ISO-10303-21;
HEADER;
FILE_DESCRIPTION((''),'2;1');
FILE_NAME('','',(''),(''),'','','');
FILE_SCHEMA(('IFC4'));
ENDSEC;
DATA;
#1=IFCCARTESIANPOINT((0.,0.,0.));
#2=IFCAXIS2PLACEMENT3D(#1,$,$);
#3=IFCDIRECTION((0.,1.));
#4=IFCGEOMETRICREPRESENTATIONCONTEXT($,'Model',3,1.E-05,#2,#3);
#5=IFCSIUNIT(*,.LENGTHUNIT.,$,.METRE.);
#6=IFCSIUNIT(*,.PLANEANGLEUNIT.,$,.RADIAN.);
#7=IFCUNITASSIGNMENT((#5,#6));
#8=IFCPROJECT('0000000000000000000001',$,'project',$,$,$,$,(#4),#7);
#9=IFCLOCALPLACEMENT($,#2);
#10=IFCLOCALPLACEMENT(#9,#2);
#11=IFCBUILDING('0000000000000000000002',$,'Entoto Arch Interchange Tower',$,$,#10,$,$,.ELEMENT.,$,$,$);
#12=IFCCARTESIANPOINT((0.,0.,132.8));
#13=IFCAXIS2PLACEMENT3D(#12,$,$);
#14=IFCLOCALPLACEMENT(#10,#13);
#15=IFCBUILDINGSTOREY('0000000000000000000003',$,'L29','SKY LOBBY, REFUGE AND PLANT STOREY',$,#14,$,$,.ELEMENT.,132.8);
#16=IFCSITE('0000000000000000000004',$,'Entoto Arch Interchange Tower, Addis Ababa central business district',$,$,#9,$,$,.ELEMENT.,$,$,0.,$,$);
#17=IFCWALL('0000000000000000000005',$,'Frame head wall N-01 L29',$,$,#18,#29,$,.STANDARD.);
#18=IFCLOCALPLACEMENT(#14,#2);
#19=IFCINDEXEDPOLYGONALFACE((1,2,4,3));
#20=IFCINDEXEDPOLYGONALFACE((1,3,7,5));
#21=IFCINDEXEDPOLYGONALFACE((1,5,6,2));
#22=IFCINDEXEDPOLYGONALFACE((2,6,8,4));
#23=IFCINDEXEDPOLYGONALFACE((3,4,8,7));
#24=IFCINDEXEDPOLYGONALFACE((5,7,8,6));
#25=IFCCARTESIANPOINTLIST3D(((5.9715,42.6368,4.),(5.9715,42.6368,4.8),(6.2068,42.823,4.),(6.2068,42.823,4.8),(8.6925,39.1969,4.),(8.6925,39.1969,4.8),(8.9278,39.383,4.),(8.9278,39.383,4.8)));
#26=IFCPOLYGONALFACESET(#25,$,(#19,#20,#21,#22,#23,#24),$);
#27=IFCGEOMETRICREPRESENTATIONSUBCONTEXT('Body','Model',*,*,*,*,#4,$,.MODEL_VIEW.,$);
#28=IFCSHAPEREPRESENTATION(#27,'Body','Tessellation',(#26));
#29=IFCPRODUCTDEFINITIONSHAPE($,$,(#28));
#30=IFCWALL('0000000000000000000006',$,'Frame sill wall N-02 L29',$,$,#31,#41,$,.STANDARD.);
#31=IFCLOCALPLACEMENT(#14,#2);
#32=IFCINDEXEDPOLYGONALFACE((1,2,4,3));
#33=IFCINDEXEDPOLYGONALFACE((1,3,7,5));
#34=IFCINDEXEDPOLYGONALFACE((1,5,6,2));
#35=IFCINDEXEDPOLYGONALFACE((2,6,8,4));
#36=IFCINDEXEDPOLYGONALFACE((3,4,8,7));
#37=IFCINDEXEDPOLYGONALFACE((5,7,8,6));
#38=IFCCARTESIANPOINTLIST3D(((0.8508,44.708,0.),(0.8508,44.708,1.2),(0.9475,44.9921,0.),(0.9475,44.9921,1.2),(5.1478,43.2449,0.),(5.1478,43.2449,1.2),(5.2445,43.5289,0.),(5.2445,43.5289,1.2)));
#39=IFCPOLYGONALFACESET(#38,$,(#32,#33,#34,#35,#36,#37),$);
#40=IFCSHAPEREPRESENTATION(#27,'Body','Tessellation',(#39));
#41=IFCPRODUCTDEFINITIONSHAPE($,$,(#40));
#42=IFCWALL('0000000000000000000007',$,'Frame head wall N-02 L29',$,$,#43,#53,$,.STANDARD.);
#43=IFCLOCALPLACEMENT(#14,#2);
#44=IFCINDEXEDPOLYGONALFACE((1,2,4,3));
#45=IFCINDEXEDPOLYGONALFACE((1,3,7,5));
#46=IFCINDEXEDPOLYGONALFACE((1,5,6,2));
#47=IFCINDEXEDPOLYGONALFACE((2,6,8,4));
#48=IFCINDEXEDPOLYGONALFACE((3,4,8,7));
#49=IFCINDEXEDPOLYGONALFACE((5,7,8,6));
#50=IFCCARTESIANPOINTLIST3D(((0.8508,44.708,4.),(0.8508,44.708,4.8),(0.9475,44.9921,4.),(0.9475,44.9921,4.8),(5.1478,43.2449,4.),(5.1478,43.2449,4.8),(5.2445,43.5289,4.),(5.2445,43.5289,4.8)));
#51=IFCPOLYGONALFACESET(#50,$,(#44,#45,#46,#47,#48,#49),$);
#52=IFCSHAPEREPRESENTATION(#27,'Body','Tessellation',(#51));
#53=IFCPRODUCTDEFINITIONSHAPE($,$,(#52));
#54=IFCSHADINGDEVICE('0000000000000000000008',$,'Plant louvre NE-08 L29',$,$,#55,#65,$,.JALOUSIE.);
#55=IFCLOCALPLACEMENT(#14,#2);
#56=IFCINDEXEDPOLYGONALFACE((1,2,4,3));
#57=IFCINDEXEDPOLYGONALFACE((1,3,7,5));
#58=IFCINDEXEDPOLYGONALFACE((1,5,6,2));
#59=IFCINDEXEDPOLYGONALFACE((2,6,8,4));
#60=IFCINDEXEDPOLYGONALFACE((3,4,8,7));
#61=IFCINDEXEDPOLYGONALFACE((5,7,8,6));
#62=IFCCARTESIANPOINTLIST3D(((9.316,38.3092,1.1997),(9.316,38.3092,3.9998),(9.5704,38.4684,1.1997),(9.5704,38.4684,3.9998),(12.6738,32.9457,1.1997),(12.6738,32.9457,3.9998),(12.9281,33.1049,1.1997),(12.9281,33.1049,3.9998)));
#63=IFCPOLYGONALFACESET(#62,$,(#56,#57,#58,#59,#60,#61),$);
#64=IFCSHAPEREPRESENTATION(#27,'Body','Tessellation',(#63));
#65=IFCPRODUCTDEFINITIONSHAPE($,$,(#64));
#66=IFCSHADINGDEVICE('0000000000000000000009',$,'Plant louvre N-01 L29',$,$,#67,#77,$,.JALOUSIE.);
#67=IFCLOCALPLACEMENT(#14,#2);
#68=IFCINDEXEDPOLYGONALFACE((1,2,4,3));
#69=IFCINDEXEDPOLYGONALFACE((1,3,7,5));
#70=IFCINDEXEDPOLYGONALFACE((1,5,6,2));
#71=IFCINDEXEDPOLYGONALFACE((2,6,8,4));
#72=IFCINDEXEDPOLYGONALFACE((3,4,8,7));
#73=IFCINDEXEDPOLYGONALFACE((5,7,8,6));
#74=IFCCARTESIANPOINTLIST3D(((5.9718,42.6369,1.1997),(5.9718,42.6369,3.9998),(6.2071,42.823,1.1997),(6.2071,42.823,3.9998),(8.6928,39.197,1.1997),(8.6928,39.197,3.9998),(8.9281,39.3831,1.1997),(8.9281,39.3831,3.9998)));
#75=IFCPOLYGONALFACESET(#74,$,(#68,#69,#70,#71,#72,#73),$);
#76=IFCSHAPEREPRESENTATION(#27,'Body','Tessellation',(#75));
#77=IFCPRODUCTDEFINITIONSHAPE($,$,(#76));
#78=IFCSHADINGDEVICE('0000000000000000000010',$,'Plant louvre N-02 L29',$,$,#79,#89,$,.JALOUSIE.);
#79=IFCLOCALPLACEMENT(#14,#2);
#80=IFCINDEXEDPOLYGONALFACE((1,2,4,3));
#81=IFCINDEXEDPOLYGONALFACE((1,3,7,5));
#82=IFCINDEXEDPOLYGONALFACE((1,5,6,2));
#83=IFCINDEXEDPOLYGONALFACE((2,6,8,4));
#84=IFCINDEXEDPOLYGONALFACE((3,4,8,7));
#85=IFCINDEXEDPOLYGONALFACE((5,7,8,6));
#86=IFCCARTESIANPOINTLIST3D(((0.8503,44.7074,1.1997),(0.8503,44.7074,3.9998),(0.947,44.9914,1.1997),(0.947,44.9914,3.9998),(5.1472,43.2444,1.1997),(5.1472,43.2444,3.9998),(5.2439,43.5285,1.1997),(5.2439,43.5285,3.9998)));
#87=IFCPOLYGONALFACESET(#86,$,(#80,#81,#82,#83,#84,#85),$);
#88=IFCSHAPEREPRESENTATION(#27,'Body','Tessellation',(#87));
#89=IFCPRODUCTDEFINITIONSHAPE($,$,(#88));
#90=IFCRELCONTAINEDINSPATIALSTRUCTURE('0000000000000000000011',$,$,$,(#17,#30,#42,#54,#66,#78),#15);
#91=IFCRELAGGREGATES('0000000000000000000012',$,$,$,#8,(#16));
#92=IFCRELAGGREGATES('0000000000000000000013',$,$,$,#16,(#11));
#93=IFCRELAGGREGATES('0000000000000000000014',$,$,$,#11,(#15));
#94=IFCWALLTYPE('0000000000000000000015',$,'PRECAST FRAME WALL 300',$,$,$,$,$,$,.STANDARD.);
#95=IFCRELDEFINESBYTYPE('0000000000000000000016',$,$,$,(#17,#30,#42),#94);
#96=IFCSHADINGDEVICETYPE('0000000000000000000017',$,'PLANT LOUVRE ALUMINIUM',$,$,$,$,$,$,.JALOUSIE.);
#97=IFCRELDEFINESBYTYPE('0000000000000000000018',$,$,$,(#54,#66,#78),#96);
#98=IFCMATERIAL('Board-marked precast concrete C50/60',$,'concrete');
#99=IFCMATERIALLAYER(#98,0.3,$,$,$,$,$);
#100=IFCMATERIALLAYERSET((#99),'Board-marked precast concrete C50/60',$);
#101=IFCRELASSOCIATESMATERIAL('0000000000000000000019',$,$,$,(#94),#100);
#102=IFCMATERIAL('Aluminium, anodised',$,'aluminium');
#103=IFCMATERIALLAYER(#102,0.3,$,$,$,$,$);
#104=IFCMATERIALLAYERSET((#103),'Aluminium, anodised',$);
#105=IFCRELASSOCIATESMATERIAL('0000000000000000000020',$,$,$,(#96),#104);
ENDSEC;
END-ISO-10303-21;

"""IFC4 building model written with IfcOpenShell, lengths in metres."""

from ifc_helpers import new_model, si_unit, direction, frame, frame_2d, origin, origin_2d, place, context, subcontext, project, spatial, rectangle, extrude, material, layer, layer_set, type_object, element, save


model = new_model("IFC4")

# Units and contexts
model_context = context("Model", 3, precision=1e-05, world=origin(), true_north=direction((0.0, 1.0)))
body_context = subcontext(model_context, "Body", "Model", "MODEL_VIEW")
ifc_project = project(units=[si_unit("LENGTHUNIT", "METRE"), si_unit("PLANEANGLEUNIT", "RADIAN")], contexts=[model_context])

# Site, building, storey
site_placement = place(None, origin())
site = spatial("IfcSite", under=ifc_project, at=site_placement, Name="Entoto Arch Interchange Tower, Addis Ababa central business district", CompositionType="ELEMENT", RefElevation=0.0)
building_placement = place(site_placement, origin())
building = spatial("IfcBuilding", under=site, at=building_placement, Name="Entoto Arch Interchange Tower", CompositionType="ELEMENT")
storey_placement = place(building_placement, frame((0.0, 0.0, 132.8)))
storey = spatial("IfcBuildingStorey", under=building, at=storey_placement, Name="L29", Description="SKY LOBBY, REFUGE AND PLANT STOREY", CompositionType="ELEMENT", Elevation=132.8)

# Walls
ifc_material_1 = material(Name="Board-marked precast concrete C50/60", Category="concrete")
ifc_layer_1 = layer(ifc_material_1, 0.3)
ifc_layer_set_1 = layer_set([ifc_layer_1], Name="Board-marked precast concrete C50/60")
wall_type_1 = type_object("IfcWallType", Name="PRECAST FRAME WALL 300", PredefinedType="STANDARD", material=ifc_layer_set_1)
wall_1_placement = place(storey_placement, frame((8.8101, 39.29, 4.0), z_axis=(0.0, 0.0, 1.0), x_axis=(-0.620375, 0.784305, 0.0)))
element("IfcWall", 1, at=wall_1_placement, inside=storey, type_object=wall_type_1, Name="Frame head wall N-01 L29", PredefinedType="STANDARD", context=body_context, shape_type="SweptSolid", body=[
    extrude(rectangle(XDim=4.386, YDim=0.3, at=frame_2d((2.1929, 0.0))), origin(), (0.0, 0.0, 1.0), 0.8),
])
wall_2_placement = place(storey_placement, frame((5.196, 43.387, 0.0), z_axis=(0.0, 0.0, 1.0), x_axis=(-0.946631, 0.32232, 0.0)))
element("IfcWall", 2, at=wall_2_placement, inside=storey, type_object=wall_type_1, Name="Frame sill wall N-02 L29", PredefinedType="STANDARD", context=body_context, shape_type="SweptSolid", body=[
    extrude(rectangle(XDim=4.5393, YDim=0.3, at=frame_2d((2.2695, 0.0))), origin(), (0.0, 0.0, 1.0), 1.2),
])
wall_3_placement = place(storey_placement, frame((5.196, 43.387, 4.0), z_axis=(0.0, 0.0, 1.0), x_axis=(-0.946631, 0.32232, 0.0)))
element("IfcWall", 3, at=wall_3_placement, inside=storey, type_object=wall_type_1, Name="Frame head wall N-02 L29", PredefinedType="STANDARD", context=body_context, shape_type="SweptSolid", body=[
    extrude(rectangle(XDim=4.5393, YDim=0.3, at=frame_2d((2.2695, 0.0))), origin(), (0.0, 0.0, 1.0), 0.8),
])

# Shading devices
ifc_material_2 = material(Name="Aluminium, anodised", Category="aluminium")
ifc_layer_2 = layer(ifc_material_2, 0.3)
ifc_layer_set_2 = layer_set([ifc_layer_2], Name="Aluminium, anodised")
shading_device_type = type_object("IfcShadingDeviceType", Name="PLANT LOUVRE ALUMINIUM", PredefinedType="JALOUSIE", material=ifc_layer_set_2)
shading_device_1_placement = place(storey_placement, frame((11.1221, 35.707, 1.1997), z_axis=(0.0, 0.0, 1.0), x_axis=(-0.53063, 0.847604, 0.0)))
element("IfcShadingDevice", 4, at=shading_device_1_placement, inside=storey, type_object=shading_device_type, Name="Plant louvre NE-08 L29", PredefinedType="JALOUSIE", context=body_context, shape_type="SweptSolid", body=[
    extrude(rectangle(XDim=6.3279, YDim=0.3, at=origin_2d()), origin(), (0.0, 0.0, 1.0), 2.8),
])
shading_device_2_placement = place(storey_placement, frame((7.45, 41.01, 1.1997), z_axis=(0.0, 0.0, 1.0), x_axis=(-0.620382, 0.7843, 0.0)))
element("IfcShadingDevice", 5, at=shading_device_2_placement, inside=storey, type_object=shading_device_type, Name="Plant louvre N-01 L29", PredefinedType="JALOUSIE", context=body_context, shape_type="SweptSolid", body=[
    extrude(rectangle(XDim=4.386, YDim=0.3, at=origin_2d()), origin(), (0.0, 0.0, 1.0), 2.8),
])
shading_device_3_placement = place(storey_placement, frame((3.0471, 44.1179, 1.1997), z_axis=(0.0, 0.0, 1.0), x_axis=(-0.946638, 0.322299, 0.0)))
element("IfcShadingDevice", 6, at=shading_device_3_placement, inside=storey, type_object=shading_device_type, Name="Plant louvre N-02 L29", PredefinedType="JALOUSIE", context=body_context, shape_type="SweptSolid", body=[
    extrude(rectangle(XDim=4.5391, YDim=0.3, at=origin_2d()), origin(), (0.0, 0.0, 1.0), 2.8),
])

save(model, "model.ifc")
